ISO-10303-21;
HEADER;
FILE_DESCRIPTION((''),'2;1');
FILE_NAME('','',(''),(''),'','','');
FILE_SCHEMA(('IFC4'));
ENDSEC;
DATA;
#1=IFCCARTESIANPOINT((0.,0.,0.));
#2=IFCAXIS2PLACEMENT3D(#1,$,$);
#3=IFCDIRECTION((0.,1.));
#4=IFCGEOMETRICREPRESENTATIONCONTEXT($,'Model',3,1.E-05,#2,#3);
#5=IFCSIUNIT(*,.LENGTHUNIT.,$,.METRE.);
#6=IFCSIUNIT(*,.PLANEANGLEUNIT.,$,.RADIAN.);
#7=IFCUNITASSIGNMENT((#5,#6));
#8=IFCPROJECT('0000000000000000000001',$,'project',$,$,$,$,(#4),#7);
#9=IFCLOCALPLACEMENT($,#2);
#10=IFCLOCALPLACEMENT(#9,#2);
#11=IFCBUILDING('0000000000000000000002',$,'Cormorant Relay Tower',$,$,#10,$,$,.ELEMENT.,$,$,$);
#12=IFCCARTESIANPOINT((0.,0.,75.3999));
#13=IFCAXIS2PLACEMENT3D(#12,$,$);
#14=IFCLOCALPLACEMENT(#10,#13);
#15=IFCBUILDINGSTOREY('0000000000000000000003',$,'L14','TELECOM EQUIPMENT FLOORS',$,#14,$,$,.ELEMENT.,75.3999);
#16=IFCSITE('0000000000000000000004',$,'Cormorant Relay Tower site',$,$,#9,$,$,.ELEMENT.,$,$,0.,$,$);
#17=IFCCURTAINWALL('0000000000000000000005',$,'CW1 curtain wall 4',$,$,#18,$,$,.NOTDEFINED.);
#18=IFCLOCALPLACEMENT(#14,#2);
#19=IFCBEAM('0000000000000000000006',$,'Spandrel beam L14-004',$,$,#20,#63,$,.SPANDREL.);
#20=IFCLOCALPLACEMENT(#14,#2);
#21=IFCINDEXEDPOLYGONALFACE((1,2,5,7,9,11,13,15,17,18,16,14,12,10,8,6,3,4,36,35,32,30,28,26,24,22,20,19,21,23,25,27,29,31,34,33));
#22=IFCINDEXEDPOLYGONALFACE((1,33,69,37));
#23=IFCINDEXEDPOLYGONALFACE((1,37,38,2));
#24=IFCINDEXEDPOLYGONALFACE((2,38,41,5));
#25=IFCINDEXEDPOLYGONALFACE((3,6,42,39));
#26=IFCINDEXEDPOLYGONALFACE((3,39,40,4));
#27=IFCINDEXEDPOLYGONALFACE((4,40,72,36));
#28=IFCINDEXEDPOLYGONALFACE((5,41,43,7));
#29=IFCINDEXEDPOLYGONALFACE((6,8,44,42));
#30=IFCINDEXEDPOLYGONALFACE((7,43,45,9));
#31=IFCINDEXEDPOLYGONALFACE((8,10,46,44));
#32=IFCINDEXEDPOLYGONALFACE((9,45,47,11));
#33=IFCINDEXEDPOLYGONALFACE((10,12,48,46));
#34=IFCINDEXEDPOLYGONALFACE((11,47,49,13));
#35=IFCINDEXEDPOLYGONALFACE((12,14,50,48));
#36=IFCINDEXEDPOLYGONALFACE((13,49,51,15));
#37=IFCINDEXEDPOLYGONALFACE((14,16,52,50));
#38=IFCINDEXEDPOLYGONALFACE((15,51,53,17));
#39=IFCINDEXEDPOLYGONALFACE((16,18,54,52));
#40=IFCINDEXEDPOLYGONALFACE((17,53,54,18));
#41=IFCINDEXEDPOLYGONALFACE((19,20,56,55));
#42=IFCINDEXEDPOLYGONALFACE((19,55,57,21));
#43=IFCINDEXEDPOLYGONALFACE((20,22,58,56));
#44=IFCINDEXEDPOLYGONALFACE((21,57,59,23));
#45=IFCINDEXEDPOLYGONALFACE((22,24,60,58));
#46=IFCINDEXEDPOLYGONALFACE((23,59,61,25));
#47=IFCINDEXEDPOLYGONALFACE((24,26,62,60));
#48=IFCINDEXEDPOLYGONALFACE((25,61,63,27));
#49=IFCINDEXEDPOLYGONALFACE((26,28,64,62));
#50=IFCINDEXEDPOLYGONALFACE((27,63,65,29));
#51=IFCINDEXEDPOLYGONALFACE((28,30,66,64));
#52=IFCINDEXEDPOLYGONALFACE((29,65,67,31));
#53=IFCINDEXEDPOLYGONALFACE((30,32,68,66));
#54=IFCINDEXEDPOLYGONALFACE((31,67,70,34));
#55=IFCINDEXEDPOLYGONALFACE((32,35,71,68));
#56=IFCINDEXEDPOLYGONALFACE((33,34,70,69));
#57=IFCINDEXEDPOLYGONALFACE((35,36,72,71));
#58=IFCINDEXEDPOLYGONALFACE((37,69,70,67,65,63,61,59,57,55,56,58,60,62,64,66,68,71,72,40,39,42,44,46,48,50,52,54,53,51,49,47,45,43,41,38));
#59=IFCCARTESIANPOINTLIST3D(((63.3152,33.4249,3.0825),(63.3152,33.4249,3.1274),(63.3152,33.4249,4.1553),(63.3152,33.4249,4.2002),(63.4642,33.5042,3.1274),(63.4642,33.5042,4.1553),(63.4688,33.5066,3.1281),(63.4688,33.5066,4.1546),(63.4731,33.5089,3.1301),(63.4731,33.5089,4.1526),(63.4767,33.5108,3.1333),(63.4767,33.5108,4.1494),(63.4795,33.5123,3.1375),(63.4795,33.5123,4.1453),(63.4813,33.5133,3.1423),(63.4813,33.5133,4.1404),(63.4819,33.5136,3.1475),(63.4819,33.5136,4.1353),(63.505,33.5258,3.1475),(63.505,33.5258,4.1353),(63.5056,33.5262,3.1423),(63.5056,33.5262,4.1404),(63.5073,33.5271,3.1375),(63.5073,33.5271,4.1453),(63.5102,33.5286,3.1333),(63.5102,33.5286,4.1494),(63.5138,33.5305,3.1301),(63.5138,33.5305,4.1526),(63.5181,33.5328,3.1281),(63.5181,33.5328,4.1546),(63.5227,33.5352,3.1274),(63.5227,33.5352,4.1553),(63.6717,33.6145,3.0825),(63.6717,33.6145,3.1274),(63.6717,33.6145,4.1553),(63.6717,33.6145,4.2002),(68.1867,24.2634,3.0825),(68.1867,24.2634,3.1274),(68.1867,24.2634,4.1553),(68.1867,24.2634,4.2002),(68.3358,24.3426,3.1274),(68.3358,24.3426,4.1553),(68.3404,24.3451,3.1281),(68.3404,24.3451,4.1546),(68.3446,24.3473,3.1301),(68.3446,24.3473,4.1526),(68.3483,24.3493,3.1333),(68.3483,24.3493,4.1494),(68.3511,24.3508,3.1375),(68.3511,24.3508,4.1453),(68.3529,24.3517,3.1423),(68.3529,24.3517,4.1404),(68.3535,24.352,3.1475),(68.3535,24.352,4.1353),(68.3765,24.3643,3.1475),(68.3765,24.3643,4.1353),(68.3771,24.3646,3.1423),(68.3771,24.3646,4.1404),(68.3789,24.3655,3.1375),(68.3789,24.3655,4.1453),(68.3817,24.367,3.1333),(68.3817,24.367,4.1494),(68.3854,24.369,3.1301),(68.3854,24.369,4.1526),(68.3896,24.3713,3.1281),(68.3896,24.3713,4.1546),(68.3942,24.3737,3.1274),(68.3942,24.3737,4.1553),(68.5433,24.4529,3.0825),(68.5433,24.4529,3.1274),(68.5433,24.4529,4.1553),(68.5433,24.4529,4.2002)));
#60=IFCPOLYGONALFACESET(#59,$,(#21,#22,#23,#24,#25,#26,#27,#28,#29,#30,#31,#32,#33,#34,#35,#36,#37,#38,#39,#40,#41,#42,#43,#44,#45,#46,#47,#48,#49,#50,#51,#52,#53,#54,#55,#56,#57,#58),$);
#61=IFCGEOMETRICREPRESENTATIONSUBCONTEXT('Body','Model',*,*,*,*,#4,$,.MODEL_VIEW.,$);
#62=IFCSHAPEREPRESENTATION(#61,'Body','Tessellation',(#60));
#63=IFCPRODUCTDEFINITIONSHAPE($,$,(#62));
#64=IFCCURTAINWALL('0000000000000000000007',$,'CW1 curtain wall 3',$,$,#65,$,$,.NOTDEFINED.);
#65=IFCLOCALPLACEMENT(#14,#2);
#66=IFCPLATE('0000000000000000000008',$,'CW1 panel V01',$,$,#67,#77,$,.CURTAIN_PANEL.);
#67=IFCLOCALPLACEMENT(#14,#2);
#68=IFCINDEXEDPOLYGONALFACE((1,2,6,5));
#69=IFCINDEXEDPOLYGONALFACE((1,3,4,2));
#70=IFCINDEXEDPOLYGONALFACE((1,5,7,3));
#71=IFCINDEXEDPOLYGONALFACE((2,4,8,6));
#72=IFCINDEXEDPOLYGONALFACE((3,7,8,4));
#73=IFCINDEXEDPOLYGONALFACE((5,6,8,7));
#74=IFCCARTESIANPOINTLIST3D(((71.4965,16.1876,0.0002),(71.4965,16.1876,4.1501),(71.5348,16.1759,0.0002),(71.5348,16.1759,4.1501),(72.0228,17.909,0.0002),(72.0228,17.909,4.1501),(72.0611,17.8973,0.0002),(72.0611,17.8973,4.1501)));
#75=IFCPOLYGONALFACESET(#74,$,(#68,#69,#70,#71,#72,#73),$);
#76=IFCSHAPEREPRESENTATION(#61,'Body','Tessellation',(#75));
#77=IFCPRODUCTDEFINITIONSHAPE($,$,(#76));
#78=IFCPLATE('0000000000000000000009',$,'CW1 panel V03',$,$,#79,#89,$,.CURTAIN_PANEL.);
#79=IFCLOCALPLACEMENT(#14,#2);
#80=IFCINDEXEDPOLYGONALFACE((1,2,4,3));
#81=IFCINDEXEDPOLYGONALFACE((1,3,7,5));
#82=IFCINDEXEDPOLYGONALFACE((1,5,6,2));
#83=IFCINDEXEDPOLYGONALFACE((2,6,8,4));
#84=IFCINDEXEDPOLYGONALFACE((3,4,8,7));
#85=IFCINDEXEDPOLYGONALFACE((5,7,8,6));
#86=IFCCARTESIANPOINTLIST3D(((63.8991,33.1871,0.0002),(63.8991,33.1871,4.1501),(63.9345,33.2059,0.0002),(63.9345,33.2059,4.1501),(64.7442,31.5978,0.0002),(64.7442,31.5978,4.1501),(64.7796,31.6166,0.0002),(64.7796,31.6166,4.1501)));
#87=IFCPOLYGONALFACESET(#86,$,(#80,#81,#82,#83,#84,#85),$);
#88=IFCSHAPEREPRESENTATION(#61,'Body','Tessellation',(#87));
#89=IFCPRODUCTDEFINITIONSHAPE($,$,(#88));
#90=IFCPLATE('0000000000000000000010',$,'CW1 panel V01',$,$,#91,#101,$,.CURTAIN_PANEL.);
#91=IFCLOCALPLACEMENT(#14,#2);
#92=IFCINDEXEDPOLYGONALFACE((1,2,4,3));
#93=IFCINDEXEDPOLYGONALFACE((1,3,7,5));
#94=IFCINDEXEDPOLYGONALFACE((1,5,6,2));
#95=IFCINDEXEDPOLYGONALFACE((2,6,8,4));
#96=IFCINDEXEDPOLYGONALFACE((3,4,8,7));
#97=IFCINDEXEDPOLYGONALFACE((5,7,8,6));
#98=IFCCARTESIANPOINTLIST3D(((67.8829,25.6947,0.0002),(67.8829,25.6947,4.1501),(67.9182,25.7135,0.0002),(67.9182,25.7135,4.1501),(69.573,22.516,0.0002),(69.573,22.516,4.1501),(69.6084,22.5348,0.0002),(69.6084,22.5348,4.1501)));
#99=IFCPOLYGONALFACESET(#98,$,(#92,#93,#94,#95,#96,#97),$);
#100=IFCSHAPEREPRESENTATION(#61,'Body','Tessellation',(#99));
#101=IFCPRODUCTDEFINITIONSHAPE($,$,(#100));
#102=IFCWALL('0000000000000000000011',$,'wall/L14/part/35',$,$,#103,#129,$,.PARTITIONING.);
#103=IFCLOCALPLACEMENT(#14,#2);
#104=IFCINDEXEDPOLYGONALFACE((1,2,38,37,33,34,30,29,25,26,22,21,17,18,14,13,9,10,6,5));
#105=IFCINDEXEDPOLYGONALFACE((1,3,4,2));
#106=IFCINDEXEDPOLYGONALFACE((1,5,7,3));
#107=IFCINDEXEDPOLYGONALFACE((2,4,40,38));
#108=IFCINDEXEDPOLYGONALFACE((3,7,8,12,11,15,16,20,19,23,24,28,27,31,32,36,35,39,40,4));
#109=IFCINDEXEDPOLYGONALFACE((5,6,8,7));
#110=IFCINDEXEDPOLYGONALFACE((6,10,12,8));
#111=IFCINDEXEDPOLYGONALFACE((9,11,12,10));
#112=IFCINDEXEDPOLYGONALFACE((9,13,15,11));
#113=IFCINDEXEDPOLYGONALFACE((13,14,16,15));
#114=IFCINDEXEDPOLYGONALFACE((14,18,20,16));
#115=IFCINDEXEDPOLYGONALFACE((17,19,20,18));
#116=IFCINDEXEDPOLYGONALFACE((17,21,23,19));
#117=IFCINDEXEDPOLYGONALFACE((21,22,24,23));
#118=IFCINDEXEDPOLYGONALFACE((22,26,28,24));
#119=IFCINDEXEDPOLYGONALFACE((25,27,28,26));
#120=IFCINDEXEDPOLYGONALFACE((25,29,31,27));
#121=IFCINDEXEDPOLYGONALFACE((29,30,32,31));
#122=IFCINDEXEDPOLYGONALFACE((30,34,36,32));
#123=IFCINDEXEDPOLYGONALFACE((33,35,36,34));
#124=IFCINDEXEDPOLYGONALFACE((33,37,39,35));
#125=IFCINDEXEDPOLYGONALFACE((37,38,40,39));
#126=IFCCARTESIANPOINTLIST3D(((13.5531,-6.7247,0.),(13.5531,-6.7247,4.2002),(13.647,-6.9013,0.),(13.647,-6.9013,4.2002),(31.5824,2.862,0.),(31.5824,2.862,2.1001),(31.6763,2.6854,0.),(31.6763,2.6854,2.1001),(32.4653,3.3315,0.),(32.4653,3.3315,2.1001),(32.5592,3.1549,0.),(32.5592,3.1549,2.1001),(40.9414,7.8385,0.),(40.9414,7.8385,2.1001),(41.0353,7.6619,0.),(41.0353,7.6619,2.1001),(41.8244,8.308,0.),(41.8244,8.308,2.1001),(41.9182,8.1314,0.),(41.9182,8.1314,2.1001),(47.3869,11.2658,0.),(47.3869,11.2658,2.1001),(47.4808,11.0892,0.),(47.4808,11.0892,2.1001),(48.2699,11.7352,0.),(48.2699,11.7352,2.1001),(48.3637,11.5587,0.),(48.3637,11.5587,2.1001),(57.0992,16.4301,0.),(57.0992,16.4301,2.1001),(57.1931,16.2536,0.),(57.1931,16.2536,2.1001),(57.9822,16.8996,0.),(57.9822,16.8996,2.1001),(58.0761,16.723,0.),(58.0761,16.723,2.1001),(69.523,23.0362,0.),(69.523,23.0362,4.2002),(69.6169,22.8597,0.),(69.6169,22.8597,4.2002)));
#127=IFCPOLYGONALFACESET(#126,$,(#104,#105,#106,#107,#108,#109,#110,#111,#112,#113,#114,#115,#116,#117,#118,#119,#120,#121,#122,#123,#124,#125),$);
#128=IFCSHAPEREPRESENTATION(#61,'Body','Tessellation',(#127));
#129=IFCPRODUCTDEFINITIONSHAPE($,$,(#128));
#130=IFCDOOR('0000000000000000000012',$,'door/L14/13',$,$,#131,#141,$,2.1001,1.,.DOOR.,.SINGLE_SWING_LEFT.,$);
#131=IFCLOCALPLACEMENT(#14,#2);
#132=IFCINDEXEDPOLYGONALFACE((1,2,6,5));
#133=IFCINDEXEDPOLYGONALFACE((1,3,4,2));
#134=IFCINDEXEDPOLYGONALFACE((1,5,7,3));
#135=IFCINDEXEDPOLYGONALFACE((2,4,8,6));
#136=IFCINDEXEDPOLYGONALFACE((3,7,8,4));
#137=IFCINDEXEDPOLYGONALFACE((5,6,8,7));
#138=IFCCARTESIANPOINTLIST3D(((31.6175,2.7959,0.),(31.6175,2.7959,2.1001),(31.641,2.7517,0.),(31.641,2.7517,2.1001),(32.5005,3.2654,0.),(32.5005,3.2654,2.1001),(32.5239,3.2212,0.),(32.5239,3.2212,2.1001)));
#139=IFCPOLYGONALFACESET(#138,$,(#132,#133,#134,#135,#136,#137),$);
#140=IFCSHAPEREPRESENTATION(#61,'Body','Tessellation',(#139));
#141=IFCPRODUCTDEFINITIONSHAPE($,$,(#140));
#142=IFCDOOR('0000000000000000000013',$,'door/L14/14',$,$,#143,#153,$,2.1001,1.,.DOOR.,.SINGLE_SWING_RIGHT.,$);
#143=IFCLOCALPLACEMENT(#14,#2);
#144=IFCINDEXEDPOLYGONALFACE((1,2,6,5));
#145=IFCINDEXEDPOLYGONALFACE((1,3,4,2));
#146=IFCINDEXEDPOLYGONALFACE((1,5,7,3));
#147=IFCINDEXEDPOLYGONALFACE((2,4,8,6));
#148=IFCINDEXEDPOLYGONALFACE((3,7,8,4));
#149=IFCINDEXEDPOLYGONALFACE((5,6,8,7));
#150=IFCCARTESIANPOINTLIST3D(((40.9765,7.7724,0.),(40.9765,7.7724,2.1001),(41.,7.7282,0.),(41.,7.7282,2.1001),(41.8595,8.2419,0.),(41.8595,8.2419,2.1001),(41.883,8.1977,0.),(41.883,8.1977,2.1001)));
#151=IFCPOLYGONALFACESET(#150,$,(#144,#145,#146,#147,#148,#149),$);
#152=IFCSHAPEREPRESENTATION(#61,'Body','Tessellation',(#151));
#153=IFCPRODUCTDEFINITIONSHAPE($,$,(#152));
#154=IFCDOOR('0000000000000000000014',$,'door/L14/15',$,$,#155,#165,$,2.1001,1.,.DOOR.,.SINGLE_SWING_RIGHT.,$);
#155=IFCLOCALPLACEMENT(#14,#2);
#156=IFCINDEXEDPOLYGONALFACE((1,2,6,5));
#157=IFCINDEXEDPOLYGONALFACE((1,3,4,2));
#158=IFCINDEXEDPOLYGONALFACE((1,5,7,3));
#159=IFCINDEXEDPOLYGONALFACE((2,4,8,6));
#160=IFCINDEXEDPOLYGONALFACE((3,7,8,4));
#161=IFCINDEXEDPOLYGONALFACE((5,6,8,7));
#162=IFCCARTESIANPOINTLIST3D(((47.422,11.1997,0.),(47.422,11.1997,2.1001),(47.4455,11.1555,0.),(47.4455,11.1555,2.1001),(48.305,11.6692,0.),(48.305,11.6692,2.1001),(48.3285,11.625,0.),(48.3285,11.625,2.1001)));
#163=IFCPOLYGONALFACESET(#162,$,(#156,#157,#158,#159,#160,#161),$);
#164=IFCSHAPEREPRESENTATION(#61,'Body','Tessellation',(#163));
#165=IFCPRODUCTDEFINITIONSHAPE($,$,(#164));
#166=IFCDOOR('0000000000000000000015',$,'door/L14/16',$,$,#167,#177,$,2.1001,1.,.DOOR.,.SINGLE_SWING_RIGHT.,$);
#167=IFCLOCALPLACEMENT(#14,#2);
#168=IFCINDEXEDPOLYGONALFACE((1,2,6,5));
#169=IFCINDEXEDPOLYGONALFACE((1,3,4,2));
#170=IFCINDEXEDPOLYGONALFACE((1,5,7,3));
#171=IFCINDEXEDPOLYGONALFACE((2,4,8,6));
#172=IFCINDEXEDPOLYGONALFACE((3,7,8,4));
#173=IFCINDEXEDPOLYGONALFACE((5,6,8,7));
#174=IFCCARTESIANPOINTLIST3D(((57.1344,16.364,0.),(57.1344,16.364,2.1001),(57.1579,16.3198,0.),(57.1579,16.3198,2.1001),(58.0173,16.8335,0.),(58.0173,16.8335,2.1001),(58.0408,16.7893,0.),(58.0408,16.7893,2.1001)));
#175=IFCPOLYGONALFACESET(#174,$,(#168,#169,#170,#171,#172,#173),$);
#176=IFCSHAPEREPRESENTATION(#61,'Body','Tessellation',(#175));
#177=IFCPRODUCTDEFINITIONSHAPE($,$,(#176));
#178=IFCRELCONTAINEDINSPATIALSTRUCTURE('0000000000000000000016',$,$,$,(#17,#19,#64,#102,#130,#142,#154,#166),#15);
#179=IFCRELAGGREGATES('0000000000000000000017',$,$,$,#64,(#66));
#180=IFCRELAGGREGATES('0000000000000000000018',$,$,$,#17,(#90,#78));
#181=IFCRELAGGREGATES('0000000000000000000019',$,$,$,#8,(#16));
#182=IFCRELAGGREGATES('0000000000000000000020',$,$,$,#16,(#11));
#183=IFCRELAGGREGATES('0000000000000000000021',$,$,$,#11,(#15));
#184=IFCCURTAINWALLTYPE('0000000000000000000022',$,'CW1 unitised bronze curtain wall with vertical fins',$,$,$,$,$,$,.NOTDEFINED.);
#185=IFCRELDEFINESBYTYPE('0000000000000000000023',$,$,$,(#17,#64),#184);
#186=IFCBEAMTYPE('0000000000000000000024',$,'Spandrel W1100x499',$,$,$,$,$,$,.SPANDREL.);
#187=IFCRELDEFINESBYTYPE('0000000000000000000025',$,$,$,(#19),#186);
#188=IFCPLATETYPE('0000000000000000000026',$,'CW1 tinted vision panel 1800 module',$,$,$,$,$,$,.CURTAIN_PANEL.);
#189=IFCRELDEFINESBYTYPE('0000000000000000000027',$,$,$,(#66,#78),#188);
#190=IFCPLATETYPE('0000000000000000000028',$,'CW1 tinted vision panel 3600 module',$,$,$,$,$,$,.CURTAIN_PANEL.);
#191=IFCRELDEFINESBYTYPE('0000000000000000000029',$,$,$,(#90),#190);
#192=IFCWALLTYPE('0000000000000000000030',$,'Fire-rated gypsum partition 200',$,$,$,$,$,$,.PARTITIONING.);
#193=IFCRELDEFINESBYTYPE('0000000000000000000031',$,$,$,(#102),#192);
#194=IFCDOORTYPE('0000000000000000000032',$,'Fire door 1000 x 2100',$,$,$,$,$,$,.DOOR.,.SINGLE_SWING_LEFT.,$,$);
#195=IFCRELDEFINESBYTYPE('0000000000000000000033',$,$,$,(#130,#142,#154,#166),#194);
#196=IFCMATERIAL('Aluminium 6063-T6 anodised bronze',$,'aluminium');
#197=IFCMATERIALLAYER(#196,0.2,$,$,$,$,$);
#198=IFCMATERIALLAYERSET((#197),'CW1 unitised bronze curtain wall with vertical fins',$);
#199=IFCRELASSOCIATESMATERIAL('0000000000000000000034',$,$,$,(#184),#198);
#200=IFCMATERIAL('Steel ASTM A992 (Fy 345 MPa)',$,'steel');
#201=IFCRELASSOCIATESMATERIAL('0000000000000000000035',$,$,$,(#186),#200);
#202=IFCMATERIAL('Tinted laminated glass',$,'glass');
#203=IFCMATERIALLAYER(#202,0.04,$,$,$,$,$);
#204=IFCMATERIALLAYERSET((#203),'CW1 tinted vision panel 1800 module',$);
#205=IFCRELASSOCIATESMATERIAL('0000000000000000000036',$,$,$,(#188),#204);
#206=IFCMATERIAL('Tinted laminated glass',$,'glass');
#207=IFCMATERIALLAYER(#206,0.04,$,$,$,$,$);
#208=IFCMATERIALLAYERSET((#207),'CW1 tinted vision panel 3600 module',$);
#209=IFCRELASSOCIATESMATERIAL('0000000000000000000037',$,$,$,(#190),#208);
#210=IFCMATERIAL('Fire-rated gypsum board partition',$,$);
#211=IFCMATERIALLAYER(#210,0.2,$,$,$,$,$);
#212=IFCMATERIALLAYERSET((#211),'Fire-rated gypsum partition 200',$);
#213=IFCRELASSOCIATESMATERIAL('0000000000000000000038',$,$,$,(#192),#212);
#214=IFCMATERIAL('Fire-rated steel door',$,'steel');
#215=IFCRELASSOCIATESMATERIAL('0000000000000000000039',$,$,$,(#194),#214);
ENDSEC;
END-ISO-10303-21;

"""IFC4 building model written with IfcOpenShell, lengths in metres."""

from ifc_helpers import new_model, si_unit, direction, frame, frame_2d, origin, origin_2d, place, context, subcontext, project, spatial, rectangle, i_section, extrude, material, layer, layer_set, material_profile, profile_set, type_object, element, fill, aggregate, save


model = new_model("IFC4")

# Units and contexts
model_context = context("Model", 3, precision=1e-05, world=origin(), true_north=direction((0.0, 1.0)))
body_context = subcontext(model_context, "Body", "Model", "MODEL_VIEW")
ifc_project = project(units=[si_unit("LENGTHUNIT", "METRE"), si_unit("PLANEANGLEUNIT", "RADIAN")], contexts=[model_context])

# Site, building, storey
site_placement = place(None, origin())
site = spatial("IfcSite", under=ifc_project, at=site_placement, Name="Cormorant Relay Tower site", CompositionType="ELEMENT", RefElevation=0.0)
building_placement = place(site_placement, origin())
building = spatial("IfcBuilding", under=site, at=building_placement, Name="Cormorant Relay Tower", CompositionType="ELEMENT")
storey_placement = place(building_placement, frame((0.0, 0.0, 75.3999)))
storey = spatial("IfcBuildingStorey", under=building, at=storey_placement, Name="L14", Description="TELECOM EQUIPMENT FLOORS", CompositionType="ELEMENT", Elevation=75.3999)

# Curtain wall
ifc_material_1 = material(Name="Aluminium 6063-T6 anodised bronze", Category="aluminium")
ifc_layer_1 = layer(ifc_material_1, 0.2)
ifc_layer_set_1 = layer_set([ifc_layer_1], Name="CW1 unitised bronze curtain wall with vertical fins")
curtain_wall_type = type_object("IfcCurtainWallType", Name="CW1 unitised bronze curtain wall with vertical fins", PredefinedType="NOTDEFINED", material=ifc_layer_set_1)
curtain_wall_1_placement = place(storey_placement, origin())
curtain_wall_1 = element("IfcCurtainWall", 1, at=curtain_wall_1_placement, inside=storey, type_object=curtain_wall_type, Name="CW1 curtain wall 4", PredefinedType="NOTDEFINED")

# Beam
ifc_material_2 = material(Name="Steel ASTM A992 (Fy 345 MPa)", Category="steel")
ifc_material_profile_1 = material_profile(ifc_material_2, i_section(OverallWidth=0.4038, OverallDepth=1.1177, WebThickness=0.0261, FlangeThickness=0.0449, FilletRadius=0.02, at=origin_2d()), Name="W1100x499")
ifc_profile_set_1 = profile_set([ifc_material_profile_1], Name="Steel ASTM A992 (Fy 345 MPa)")
beam_type = type_object("IfcBeamType", Name="Spandrel W1100x499", PredefinedType="SPANDREL", material=ifc_profile_set_1)
beam_placement = place(storey_placement, frame((68.365, 24.3582, 3.6414), z_axis=(-0.469491, 0.882937, 0.0), x_axis=(-0.882937, -0.469491, 0.0)))
element("IfcBeam", 2, at=beam_placement, inside=storey, type_object=beam_type, Name="Spandrel beam L14-004", PredefinedType="SPANDREL", context=body_context, shape_type="SweptSolid", body=[
    extrude(i_section(OverallWidth=0.4038, OverallDepth=1.1177, WebThickness=0.0261, FlangeThickness=0.0449, FilletRadius=0.02, at=origin_2d()), origin(), (0.0, 0.0, 1.0), 10.3762),
])

# Curtain wall, plate
curtain_wall_2_placement = place(storey_placement, origin())
curtain_wall_2 = element("IfcCurtainWall", 3, at=curtain_wall_2_placement, inside=storey, type_object=curtain_wall_type, Name="CW1 curtain wall 3", PredefinedType="NOTDEFINED")
ifc_material_3 = material(Name="Tinted laminated glass", Category="glass")
ifc_layer_2 = layer(ifc_material_3, 0.04)
ifc_layer_set_2 = layer_set([ifc_layer_2], Name="CW1 tinted vision panel 1800 module")
plate_type_1 = type_object("IfcPlateType", Name="CW1 tinted vision panel 1800 module", PredefinedType="CURTAIN_PANEL", material=ifc_layer_set_2)
plate_1_placement = place(storey_placement, frame((71.7788, 17.0425, 0.0002), z_axis=(0.0, 0.0, 1.0), x_axis=(0.292372, 0.956305, 0.0)))
plate_1 = element("IfcPlate", 4, at=plate_1_placement, type_object=plate_type_1, Name="CW1 panel V01", PredefinedType="CURTAIN_PANEL", context=body_context, shape_type="SweptSolid", body=[
    extrude(rectangle(XDim=1.8, YDim=0.04, at=origin_2d()), origin(), (0.0, 0.0, 1.0), 4.1499),
])
aggregate(curtain_wall_2, [plate_1])

# Plates
plate_2_placement = place(storey_placement, frame((64.3394, 32.4019, 0.0002), z_axis=(0.0, 0.0, 1.0), x_axis=(-0.469472, 0.882948, 0.0)))
plate_2 = element("IfcPlate", 5, at=plate_2_placement, type_object=plate_type_1, Name="CW1 panel V03", PredefinedType="CURTAIN_PANEL", context=body_context, shape_type="SweptSolid", body=[
    extrude(rectangle(XDim=1.8, YDim=0.04, at=origin_2d()), origin(), (0.0, 0.0, 1.0), 4.1499),
])
ifc_material_4 = material(Name="Tinted laminated glass", Category="glass")
ifc_layer_3 = layer(ifc_material_4, 0.04)
ifc_layer_set_3 = layer_set([ifc_layer_3], Name="CW1 tinted vision panel 3600 module")
plate_type_2 = type_object("IfcPlateType", Name="CW1 tinted vision panel 3600 module", PredefinedType="CURTAIN_PANEL", material=ifc_layer_set_3)
plate_3_placement = place(storey_placement, frame((68.7456, 24.1147, 0.0002), z_axis=(0.0, 0.0, 1.0), x_axis=(-0.469472, 0.882948, 0.0)))
plate_3 = element("IfcPlate", 6, at=plate_3_placement, type_object=plate_type_2, Name="CW1 panel V01", PredefinedType="CURTAIN_PANEL", context=body_context, shape_type="SweptSolid", body=[
    extrude(rectangle(XDim=3.6001, YDim=0.04, at=origin_2d()), origin(), (0.0, 0.0, 1.0), 4.1499),
])

# Wall, openings, doors
ifc_material_5 = material(Name="Fire-rated gypsum board partition")
ifc_layer_4 = layer(ifc_material_5, 0.2)
ifc_layer_set_4 = layer_set([ifc_layer_4], Name="Fire-rated gypsum partition 200")
wall_type_1 = type_object("IfcWallType", Name="Fire-rated gypsum partition 200", PredefinedType="PARTITIONING", material=ifc_layer_set_4)
wall_1_placement = place(storey_placement, frame((69.5701, 22.948, 0.0), z_axis=(0.0, 0.0, 1.0), x_axis=(-0.88294, -0.469487, 0.0)))
wall_1 = element("IfcWall", 7, at=wall_1_placement, inside=storey, type_object=wall_type_1, Name="wall/L14/part/35", PredefinedType="PARTITIONING", context=body_context, shape_type="SweptSolid", body=[
    extrude(rectangle(XDim=63.3904, YDim=0.2, at=frame_2d((31.6953, 0.0))), origin(), (0.0, 0.0, 1.0), 4.2002),
])
opening_1_placement = place(wall_1_placement, frame((41.9709, 0.0, 0.0)))
opening_1 = element("IfcOpeningElement", 8, at=opening_1_placement, cuts=wall_1, PredefinedType="OPENING", context=body_context, shape_type="SweptSolid", body=[
    extrude(rectangle(XDim=1.0, YDim=2.1001, at=frame_2d((0.5, 1.05))), frame((0.0, 0.1099, 0.0), z_axis=(0.0, -1.0, 0.0), x_axis=(1.0, 0.0, 0.0)), (0.0, 0.0, 1.0), 0.22),
])
opening_2_placement = place(wall_1_placement, frame((31.3711, 0.0, 0.0)))
opening_2 = element("IfcOpeningElement", 9, at=opening_2_placement, cuts=wall_1, PredefinedType="OPENING", context=body_context, shape_type="SweptSolid", body=[
    extrude(rectangle(XDim=1.0, YDim=2.1001, at=frame_2d((0.5, 1.05))), frame((0.0, 0.1099, 0.0), z_axis=(0.0, -1.0, 0.0), x_axis=(1.0, 0.0, 0.0)), (0.0, 0.0, 1.0), 0.22),
])
opening_3_placement = place(wall_1_placement, frame((24.071, 0.0, 0.0)))
opening_3 = element("IfcOpeningElement", 10, at=opening_3_placement, cuts=wall_1, PredefinedType="OPENING", context=body_context, shape_type="SweptSolid", body=[
    extrude(rectangle(XDim=1.0, YDim=2.1001, at=frame_2d((0.5, 1.05))), frame((0.0, 0.1099, 0.0), z_axis=(0.0, -1.0, 0.0), x_axis=(1.0, 0.0, 0.0)), (0.0, 0.0, 1.0), 0.22),
])
opening_4_placement = place(wall_1_placement, frame((13.071, 0.0, 0.0)))
opening_4 = element("IfcOpeningElement", 11, at=opening_4_placement, cuts=wall_1, PredefinedType="OPENING", context=body_context, shape_type="SweptSolid", body=[
    extrude(rectangle(XDim=1.0, YDim=2.1001, at=frame_2d((0.5, 1.05))), frame((0.0, 0.1099, 0.0), z_axis=(0.0, -1.0, 0.0), x_axis=(1.0, 0.0, 0.0)), (0.0, 0.0, 1.0), 0.22),
])
ifc_material_6 = material(Name="Fire-rated steel door", Category="steel")
door_type = type_object("IfcDoorType", Name="Fire door 1000 x 2100", OperationType="SINGLE_SWING_LEFT", PredefinedType="DOOR", material=ifc_material_6)
door_1_placement = place(opening_1_placement, origin())
door_1 = element("IfcDoor", 12, at=door_1_placement, inside=storey, type_object=door_type, Name="door/L14/13", OperationType="SINGLE_SWING_LEFT", OverallHeight=2.1001, OverallWidth=1.0, PredefinedType="DOOR", context=body_context, shape_type="SweptSolid", body=[
    extrude(rectangle(XDim=1.0, YDim=2.1001, at=frame_2d((0.5, 1.05))), frame((0.0, 0.0249, 0.0), z_axis=(0.0, -1.0, 0.0), x_axis=(1.0, 0.0, 0.0)), (0.0, 0.0, 1.0), 0.05),
])
fill(opening_1, door_1)
door_2_placement = place(opening_2_placement, origin())
door_2 = element("IfcDoor", 13, at=door_2_placement, inside=storey, type_object=door_type, Name="door/L14/14", OperationType="SINGLE_SWING_RIGHT", OverallHeight=2.1001, OverallWidth=1.0, PredefinedType="DOOR", context=body_context, shape_type="SweptSolid", body=[
    extrude(rectangle(XDim=1.0, YDim=2.1001, at=frame_2d((0.5, 1.05))), frame((0.0, 0.0249, 0.0), z_axis=(0.0, -1.0, 0.0), x_axis=(1.0, 0.0, 0.0)), (0.0, 0.0, 1.0), 0.05),
])
fill(opening_2, door_2)
door_3_placement = place(opening_3_placement, origin())
door_3 = element("IfcDoor", 14, at=door_3_placement, inside=storey, type_object=door_type, Name="door/L14/15", OperationType="SINGLE_SWING_RIGHT", OverallHeight=2.1001, OverallWidth=1.0, PredefinedType="DOOR", context=body_context, shape_type="SweptSolid", body=[
    extrude(rectangle(XDim=1.0, YDim=2.1001, at=frame_2d((0.5, 1.05))), frame((0.0, 0.0249, 0.0), z_axis=(0.0, -1.0, 0.0), x_axis=(1.0, 0.0, 0.0)), (0.0, 0.0, 1.0), 0.05),
])
fill(opening_3, door_3)
door_4_placement = place(opening_4_placement, origin())
door_4 = element("IfcDoor", 15, at=door_4_placement, inside=storey, type_object=door_type, Name="door/L14/16", OperationType="SINGLE_SWING_RIGHT", OverallHeight=2.1001, OverallWidth=1.0, PredefinedType="DOOR", context=body_context, shape_type="SweptSolid", body=[
    extrude(rectangle(XDim=1.0, YDim=2.1001, at=frame_2d((0.5, 1.05))), frame((0.0, 0.0249, 0.0), z_axis=(0.0, -1.0, 0.0), x_axis=(1.0, 0.0, 0.0)), (0.0, 0.0, 1.0), 0.05),
])
fill(opening_4, door_4)

aggregate(curtain_wall_1, [plate_3, plate_2])

save(model, "model.ifc")
